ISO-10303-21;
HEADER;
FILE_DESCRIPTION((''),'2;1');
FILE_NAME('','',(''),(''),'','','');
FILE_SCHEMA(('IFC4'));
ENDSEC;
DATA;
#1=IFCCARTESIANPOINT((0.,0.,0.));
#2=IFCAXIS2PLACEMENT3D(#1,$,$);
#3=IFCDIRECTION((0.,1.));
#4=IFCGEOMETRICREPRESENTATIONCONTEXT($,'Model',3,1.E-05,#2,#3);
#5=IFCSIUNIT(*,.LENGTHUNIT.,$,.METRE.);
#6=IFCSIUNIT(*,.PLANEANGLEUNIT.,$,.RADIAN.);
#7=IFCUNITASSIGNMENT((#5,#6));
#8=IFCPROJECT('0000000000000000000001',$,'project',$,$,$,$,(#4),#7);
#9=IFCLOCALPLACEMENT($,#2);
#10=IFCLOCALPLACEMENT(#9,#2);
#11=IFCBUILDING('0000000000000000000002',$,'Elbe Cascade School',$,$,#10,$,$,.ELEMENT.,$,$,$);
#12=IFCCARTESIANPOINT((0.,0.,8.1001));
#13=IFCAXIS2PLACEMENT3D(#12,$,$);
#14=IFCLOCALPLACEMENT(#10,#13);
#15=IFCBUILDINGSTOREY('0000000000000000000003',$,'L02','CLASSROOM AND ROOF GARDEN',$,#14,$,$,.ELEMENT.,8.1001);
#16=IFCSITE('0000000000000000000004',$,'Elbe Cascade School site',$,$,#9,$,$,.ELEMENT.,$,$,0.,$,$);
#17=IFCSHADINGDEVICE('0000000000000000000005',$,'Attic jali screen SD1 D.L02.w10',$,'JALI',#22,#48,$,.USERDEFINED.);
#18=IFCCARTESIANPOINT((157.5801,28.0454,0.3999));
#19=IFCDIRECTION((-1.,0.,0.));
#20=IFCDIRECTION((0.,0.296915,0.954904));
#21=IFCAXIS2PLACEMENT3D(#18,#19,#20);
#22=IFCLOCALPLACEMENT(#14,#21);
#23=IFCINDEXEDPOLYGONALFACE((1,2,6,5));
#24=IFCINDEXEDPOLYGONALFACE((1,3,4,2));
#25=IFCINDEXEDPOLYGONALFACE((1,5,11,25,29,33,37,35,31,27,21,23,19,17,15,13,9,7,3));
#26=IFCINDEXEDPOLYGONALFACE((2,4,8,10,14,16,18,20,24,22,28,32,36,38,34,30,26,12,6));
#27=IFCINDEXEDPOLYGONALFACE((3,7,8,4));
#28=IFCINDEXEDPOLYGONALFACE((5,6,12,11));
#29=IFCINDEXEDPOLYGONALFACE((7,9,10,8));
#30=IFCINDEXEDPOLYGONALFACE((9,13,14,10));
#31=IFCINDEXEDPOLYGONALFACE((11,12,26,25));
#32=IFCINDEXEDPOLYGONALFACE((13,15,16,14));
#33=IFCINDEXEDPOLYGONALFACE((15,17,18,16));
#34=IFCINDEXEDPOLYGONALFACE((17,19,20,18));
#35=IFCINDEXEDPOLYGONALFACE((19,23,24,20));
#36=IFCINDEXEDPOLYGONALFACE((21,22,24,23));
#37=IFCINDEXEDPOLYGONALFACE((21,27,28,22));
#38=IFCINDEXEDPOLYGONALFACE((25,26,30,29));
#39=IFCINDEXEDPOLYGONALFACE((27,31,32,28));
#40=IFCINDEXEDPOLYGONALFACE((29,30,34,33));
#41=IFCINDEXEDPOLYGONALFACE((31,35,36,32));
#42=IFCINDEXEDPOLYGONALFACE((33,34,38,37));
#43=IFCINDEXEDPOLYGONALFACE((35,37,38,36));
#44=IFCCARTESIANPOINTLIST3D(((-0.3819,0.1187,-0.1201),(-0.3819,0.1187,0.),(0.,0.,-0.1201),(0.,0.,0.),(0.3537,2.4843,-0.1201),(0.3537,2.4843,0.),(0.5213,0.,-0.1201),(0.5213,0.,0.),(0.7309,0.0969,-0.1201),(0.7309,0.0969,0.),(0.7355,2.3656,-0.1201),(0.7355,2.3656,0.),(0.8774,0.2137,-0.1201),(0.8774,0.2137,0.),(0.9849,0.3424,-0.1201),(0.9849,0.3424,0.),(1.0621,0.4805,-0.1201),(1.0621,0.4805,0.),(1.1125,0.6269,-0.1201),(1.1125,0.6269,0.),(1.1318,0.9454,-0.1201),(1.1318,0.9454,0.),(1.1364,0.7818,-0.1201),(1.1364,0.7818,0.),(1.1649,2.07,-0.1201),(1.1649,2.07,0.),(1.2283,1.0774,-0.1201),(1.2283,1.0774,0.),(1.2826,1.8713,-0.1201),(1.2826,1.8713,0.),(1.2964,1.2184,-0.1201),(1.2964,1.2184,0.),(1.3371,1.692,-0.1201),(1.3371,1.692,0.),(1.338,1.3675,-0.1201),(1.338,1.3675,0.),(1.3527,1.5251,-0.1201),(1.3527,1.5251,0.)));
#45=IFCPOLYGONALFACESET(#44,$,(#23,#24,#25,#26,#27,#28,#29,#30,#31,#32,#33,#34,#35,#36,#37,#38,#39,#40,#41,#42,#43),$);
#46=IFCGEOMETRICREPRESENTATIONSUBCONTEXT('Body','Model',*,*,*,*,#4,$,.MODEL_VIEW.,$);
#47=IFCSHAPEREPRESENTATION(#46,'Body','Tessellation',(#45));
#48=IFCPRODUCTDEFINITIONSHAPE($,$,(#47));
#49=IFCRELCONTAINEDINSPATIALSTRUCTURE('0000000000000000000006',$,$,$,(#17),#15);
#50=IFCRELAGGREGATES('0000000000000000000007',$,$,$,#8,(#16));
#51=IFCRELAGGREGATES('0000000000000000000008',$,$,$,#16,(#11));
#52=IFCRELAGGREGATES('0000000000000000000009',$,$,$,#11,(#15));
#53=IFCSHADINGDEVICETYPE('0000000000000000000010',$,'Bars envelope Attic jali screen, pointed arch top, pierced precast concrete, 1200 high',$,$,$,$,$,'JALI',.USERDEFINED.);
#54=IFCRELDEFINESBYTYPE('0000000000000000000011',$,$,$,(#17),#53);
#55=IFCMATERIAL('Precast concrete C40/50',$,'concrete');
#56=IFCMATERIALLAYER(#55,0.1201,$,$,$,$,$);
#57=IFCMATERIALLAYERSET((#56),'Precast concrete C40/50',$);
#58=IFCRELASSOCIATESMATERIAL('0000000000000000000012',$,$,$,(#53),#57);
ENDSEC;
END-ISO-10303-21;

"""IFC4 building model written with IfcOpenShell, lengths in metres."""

from ifc_helpers import new_model, si_unit, direction, frame, origin, place, context, subcontext, project, spatial, polyline, outline, extrude, material, layer, layer_set, type_object, element, save


model = new_model("IFC4")

# Units and contexts
model_context = context("Model", 3, precision=1e-05, world=origin(), true_north=direction((0.0, 1.0)))
body_context = subcontext(model_context, "Body", "Model", "MODEL_VIEW")
ifc_project = project(units=[si_unit("LENGTHUNIT", "METRE"), si_unit("PLANEANGLEUNIT", "RADIAN")], contexts=[model_context])

# Site, building, storey
site_placement = place(None, origin())
site = spatial("IfcSite", under=ifc_project, at=site_placement, Name="Elbe Cascade School site", CompositionType="ELEMENT", RefElevation=0.0)
building_placement = place(site_placement, origin())
building = spatial("IfcBuilding", under=site, at=building_placement, Name="Elbe Cascade School", CompositionType="ELEMENT")
storey_placement = place(building_placement, frame((0.0, 0.0, 8.1001)))
storey = spatial("IfcBuildingStorey", under=building, at=storey_placement, Name="L02", Description="CLASSROOM AND ROOF GARDEN", CompositionType="ELEMENT", Elevation=8.1001)

# Shading device
ifc_material_1 = material(Name="Precast concrete C40/50", Category="concrete")
ifc_layer_1 = layer(ifc_material_1, 0.1201)
ifc_layer_set_1 = layer_set([ifc_layer_1], Name="Precast concrete C40/50")
shading_device_type = type_object("IfcShadingDeviceType", Name="Bars envelope Attic jali screen, pointed arch top, pierced precast concrete, 1200 high", ElementType="JALI", PredefinedType="USERDEFINED", material=ifc_layer_set_1)
shading_device_1_placement = place(storey_placement, frame((157.5801, 28.0454, 0.3999), z_axis=(-1.0, 0.0, 0.0), x_axis=(0.0, 0.296915, 0.954904)))
element("IfcShadingDevice", 1, at=shading_device_1_placement, inside=storey, type_object=shading_device_type, Name="Attic jali screen SD1 D.L02.w10", ObjectType="JALI", PredefinedType="USERDEFINED", context=body_context, shape_type="SweptSolid", body=[
    extrude(outline(polyline([(0.0, 0.0), (0.5213, 0.0), (0.7309, 0.0969), (0.8774, 0.2137), (0.9849, 0.3424), (1.0621, 0.4805), (1.1125, 0.6269), (1.1364, 0.7818), (1.1318, 0.9454), (1.2283, 1.0774), (1.2964, 1.2184), (1.338, 1.3675), (1.3527, 1.5251), (1.3371, 1.692), (1.2826, 1.8713), (1.1649, 2.07), (0.7355, 2.3656), (0.3537, 2.4843), (-0.3819, 0.1187), (0.0, 0.0)])), origin(), (0.0, 0.0, -1.0), 0.1201),
])

save(model, "model.ifc")
